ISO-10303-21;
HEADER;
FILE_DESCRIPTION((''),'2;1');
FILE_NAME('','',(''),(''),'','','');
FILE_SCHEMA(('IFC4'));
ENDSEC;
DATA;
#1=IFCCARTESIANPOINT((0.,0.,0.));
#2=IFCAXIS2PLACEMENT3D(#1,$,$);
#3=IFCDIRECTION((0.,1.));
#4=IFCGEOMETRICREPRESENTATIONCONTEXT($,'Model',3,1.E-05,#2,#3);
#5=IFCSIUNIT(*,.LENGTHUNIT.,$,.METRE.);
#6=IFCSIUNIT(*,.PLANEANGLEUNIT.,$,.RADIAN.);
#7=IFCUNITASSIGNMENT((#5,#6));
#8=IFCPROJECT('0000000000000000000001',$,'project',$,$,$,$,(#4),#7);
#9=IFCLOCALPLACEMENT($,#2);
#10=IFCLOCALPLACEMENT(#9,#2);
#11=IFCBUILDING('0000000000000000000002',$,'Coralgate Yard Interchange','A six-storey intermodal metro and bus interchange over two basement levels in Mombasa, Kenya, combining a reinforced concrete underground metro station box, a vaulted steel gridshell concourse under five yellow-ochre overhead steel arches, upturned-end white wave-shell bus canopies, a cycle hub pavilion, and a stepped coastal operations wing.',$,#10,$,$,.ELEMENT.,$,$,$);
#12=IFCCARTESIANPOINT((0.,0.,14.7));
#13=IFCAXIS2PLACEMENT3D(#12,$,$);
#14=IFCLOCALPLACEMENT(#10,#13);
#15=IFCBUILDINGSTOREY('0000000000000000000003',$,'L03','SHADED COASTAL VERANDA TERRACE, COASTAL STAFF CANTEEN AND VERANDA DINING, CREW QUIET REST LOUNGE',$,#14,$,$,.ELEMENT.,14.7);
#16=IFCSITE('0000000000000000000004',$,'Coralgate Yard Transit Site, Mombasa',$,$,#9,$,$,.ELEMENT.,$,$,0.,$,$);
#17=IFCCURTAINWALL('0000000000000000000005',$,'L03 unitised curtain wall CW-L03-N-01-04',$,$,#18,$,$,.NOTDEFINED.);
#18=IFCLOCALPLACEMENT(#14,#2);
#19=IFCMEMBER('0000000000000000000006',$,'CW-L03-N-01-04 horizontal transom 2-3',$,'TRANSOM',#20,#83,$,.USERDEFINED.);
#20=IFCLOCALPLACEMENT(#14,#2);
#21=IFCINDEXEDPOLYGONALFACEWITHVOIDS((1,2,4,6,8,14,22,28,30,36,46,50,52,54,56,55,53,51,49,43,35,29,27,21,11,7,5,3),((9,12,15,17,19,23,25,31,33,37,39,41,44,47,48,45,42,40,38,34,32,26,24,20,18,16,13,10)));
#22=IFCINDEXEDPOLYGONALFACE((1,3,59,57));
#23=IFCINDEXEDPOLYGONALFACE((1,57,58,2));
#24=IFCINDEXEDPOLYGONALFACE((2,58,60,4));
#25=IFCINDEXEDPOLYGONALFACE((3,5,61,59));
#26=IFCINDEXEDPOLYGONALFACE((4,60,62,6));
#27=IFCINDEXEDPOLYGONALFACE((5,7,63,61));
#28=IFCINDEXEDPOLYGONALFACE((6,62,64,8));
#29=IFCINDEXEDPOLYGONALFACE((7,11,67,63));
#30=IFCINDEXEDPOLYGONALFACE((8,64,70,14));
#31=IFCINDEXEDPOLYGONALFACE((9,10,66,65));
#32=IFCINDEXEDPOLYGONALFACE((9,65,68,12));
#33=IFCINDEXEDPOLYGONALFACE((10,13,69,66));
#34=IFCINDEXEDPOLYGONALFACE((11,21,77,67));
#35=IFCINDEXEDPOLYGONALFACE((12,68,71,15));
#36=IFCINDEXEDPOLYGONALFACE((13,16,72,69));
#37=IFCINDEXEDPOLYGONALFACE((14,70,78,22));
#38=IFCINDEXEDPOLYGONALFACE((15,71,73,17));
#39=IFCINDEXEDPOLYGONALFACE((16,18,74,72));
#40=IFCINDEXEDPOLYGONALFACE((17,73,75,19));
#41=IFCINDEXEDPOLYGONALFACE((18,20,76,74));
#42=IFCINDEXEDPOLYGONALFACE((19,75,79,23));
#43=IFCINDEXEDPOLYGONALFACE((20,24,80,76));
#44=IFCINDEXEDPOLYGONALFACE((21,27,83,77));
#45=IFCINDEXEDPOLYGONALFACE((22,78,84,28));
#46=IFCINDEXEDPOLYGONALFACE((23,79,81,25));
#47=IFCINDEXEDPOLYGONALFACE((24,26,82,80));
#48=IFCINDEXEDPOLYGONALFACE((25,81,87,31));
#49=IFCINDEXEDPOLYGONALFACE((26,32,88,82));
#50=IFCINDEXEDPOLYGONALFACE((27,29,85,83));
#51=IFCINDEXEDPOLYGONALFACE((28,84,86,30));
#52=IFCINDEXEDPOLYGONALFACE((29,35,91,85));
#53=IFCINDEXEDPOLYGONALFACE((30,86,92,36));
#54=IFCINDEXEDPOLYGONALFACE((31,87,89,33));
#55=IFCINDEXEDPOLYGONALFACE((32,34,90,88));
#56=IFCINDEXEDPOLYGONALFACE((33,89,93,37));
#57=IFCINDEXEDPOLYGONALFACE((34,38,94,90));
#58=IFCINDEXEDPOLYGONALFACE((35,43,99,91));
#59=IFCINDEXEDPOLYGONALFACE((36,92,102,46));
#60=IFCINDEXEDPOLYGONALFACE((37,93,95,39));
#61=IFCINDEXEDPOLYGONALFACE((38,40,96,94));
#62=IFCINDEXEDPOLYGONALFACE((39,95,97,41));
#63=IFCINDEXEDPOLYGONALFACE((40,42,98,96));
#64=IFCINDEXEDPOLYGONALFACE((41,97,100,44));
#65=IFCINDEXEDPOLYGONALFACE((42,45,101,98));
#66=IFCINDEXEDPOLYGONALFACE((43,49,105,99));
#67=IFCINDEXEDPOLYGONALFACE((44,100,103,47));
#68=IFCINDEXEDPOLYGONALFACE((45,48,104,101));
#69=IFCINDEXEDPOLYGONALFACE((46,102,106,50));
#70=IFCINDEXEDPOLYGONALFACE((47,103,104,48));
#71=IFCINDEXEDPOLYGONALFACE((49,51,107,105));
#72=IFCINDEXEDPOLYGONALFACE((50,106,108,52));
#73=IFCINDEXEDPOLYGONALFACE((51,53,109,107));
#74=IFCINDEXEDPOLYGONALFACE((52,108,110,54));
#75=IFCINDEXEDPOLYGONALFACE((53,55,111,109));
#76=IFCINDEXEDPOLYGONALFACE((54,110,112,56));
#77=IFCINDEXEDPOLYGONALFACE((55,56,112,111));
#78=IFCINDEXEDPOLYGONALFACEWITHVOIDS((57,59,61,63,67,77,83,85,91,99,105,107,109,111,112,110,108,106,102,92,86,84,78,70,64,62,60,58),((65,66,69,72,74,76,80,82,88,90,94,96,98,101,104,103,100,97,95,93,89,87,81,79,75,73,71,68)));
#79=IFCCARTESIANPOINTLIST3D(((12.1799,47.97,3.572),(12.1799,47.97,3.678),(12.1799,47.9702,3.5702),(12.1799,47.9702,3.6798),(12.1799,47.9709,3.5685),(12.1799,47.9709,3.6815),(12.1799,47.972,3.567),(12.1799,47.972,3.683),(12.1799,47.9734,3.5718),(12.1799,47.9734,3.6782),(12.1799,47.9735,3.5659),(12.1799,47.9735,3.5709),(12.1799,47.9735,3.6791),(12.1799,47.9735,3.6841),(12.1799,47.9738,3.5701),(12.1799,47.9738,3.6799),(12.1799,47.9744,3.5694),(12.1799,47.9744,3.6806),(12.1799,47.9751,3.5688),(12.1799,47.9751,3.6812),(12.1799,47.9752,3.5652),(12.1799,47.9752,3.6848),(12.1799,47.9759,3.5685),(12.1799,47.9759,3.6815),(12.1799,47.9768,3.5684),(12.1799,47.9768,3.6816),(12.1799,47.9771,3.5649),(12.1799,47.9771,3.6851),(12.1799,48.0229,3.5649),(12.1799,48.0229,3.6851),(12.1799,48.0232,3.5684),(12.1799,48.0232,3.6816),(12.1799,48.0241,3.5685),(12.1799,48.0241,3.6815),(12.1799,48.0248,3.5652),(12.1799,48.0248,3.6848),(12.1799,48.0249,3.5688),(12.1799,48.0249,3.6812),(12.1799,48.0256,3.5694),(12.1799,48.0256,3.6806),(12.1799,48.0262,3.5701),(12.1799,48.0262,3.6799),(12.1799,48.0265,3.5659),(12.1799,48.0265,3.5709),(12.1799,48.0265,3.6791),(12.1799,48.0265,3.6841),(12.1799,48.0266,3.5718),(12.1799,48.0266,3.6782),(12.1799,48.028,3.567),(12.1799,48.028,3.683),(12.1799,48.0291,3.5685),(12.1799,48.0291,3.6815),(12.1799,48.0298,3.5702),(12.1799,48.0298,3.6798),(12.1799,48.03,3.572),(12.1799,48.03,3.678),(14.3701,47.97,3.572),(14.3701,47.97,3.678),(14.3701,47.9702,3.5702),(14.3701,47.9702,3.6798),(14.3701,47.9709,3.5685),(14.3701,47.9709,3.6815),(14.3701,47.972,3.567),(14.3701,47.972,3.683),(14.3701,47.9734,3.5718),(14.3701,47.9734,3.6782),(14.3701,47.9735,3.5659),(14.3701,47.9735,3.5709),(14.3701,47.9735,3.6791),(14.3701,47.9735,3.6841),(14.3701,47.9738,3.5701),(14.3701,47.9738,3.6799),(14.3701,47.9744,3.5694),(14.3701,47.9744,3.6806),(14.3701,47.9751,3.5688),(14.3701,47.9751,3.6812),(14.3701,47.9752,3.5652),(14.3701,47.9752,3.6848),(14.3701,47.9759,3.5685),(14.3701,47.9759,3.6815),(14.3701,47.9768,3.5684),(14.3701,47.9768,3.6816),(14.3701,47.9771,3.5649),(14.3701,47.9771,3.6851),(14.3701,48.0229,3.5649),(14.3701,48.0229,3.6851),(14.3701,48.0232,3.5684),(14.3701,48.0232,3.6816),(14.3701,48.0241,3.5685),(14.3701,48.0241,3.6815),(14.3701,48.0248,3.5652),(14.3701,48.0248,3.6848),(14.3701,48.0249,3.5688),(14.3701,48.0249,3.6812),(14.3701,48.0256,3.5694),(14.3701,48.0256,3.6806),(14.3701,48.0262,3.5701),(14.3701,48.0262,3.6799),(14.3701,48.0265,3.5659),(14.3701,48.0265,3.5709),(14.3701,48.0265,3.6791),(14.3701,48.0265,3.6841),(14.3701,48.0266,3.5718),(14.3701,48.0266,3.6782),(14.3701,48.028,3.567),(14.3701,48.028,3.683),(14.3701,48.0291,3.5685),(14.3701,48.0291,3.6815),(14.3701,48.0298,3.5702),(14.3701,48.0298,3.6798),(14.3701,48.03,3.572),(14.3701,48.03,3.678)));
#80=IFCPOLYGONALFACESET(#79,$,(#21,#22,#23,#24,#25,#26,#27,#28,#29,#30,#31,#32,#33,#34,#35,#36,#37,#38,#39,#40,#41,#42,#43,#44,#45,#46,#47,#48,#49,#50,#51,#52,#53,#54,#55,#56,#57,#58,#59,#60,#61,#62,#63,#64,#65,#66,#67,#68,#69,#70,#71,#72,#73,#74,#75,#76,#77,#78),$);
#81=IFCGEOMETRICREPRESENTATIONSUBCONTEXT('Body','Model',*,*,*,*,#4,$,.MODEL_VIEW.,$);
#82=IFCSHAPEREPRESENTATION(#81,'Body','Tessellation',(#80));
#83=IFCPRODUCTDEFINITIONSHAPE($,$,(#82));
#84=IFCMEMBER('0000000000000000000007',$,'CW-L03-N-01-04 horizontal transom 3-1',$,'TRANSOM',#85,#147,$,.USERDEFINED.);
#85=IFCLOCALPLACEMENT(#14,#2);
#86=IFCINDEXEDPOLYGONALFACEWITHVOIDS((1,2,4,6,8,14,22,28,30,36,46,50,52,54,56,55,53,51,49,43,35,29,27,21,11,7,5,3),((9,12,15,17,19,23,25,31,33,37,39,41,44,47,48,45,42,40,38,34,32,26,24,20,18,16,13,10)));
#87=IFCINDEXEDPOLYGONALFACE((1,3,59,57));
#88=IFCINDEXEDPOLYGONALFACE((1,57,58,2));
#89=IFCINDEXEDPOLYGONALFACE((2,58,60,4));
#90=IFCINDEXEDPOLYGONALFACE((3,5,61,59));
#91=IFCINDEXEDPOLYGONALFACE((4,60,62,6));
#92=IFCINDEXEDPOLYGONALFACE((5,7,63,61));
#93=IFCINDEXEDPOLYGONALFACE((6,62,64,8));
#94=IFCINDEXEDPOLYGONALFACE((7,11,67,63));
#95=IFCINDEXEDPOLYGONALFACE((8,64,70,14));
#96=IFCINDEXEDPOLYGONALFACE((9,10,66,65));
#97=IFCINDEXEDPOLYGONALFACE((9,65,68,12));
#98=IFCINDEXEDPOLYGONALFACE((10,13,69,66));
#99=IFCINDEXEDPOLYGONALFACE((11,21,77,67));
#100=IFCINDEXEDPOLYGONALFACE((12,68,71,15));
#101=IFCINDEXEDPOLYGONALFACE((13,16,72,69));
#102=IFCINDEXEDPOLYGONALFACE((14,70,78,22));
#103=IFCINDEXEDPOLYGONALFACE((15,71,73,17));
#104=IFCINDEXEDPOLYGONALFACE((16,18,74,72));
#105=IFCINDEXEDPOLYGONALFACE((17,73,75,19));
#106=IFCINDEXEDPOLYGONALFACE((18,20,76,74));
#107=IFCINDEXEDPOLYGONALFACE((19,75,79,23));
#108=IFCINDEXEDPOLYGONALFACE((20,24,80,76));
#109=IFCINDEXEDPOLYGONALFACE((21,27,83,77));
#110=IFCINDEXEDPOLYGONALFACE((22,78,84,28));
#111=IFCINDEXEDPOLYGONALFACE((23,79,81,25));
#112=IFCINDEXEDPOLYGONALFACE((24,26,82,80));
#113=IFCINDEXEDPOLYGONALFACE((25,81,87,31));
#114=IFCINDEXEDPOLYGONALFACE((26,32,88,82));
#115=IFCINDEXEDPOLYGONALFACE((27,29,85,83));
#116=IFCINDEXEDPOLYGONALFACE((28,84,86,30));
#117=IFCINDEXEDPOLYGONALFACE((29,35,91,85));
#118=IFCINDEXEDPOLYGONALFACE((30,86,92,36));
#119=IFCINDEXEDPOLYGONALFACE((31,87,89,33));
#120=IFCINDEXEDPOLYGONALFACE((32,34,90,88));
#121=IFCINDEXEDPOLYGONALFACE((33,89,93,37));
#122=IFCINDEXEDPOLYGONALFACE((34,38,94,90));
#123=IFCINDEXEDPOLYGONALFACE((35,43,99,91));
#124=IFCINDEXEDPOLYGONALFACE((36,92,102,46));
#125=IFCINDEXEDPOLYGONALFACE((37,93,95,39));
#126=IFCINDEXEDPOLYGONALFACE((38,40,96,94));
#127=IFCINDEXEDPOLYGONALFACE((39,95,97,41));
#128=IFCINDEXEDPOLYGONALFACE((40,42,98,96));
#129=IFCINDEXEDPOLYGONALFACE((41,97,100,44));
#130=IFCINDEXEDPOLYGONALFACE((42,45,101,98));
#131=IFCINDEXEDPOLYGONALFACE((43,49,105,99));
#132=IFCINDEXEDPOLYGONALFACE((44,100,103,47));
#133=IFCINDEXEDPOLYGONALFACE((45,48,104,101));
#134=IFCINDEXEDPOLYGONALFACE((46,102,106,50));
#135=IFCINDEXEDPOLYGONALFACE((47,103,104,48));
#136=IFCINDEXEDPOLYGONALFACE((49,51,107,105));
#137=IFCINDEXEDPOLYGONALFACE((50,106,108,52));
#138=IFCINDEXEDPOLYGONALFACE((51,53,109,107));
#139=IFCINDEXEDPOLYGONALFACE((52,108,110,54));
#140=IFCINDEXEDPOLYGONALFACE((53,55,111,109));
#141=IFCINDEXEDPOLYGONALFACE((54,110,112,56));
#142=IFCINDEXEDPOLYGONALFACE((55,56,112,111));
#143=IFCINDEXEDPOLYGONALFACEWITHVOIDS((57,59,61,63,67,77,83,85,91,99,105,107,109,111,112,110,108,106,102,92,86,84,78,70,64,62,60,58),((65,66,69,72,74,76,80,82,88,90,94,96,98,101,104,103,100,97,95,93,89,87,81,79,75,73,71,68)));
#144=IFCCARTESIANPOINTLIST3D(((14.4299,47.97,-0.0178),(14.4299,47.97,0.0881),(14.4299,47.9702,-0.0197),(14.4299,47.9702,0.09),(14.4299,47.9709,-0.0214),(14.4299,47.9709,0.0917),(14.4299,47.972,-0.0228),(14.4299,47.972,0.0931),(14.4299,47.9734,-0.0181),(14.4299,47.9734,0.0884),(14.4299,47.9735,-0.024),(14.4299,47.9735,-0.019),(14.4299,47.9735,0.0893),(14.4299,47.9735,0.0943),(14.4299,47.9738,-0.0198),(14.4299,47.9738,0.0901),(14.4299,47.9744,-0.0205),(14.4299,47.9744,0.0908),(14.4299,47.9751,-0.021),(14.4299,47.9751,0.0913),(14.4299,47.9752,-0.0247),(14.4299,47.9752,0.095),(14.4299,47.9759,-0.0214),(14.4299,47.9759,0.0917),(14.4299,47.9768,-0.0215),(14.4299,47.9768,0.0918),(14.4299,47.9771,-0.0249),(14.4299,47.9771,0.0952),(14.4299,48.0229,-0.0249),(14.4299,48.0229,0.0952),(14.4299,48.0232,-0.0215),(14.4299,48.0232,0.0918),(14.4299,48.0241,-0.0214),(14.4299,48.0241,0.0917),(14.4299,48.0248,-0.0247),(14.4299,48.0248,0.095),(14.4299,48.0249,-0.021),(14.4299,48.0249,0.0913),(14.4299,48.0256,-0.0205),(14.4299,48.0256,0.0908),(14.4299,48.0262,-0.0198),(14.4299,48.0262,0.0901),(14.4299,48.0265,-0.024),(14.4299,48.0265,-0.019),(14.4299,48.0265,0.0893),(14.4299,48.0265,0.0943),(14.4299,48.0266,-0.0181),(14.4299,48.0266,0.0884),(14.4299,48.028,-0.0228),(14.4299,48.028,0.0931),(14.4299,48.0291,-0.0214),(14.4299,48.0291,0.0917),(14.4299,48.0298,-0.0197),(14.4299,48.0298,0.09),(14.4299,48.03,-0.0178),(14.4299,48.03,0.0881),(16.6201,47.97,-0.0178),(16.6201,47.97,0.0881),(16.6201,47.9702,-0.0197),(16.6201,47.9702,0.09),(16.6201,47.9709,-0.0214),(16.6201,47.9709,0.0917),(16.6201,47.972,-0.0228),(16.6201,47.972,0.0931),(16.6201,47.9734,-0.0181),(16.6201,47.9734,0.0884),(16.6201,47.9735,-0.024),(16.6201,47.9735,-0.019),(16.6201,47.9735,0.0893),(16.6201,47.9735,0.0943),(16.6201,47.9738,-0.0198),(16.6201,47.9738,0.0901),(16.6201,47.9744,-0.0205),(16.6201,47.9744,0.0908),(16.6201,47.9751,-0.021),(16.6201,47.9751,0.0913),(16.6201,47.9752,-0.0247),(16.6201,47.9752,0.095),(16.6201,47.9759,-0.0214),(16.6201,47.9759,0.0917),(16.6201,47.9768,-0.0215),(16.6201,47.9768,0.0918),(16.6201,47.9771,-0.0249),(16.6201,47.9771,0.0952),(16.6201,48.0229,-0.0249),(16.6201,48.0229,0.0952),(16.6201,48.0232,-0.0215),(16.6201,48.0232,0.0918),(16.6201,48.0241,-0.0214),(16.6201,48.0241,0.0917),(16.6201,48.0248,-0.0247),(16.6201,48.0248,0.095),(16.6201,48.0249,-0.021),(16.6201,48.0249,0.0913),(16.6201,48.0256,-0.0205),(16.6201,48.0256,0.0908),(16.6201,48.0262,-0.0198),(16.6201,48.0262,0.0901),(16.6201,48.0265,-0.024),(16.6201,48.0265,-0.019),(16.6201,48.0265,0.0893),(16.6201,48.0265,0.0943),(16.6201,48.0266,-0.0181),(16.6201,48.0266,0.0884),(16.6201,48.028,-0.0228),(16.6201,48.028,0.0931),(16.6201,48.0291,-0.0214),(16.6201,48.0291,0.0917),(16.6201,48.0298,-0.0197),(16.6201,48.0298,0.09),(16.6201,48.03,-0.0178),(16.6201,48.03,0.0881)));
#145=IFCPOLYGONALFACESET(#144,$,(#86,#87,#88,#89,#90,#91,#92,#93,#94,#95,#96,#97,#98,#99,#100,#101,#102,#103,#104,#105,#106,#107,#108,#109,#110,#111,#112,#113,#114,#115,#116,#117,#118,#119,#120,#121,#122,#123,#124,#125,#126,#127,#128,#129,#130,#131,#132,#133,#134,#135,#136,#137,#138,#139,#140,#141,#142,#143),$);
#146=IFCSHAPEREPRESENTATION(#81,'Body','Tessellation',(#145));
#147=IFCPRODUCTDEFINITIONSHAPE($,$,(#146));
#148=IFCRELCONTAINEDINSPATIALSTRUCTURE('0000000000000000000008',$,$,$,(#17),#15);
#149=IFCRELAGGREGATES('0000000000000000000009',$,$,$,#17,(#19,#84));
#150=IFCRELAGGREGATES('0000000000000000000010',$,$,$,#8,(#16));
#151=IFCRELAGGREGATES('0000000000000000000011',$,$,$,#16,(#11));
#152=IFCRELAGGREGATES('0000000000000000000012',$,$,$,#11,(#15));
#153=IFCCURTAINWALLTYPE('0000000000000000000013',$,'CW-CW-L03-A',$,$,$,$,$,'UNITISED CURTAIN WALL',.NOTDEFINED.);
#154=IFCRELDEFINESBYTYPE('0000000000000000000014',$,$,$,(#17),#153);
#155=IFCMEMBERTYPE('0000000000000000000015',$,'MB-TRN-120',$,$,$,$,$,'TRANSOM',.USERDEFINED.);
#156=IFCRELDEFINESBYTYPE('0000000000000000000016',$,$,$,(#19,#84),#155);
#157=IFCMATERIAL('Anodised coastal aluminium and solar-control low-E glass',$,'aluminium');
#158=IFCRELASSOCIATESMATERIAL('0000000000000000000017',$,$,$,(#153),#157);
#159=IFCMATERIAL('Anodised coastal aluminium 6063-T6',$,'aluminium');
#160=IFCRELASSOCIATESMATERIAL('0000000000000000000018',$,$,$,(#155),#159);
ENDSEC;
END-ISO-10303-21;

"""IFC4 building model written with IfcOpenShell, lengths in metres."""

from ifc_helpers import new_model, si_unit, direction, frame, origin, origin_2d, place, context, subcontext, project, spatial, hollow_rectangle, extrude, material, material_profile, profile_set, type_object, element, aggregate, save


model = new_model("IFC4")

# Units and contexts
model_context = context("Model", 3, precision=1e-05, world=origin(), true_north=direction((0.0, 1.0)))
body_context = subcontext(model_context, "Body", "Model", "MODEL_VIEW")
ifc_project = project(units=[si_unit("LENGTHUNIT", "METRE"), si_unit("PLANEANGLEUNIT", "RADIAN")], contexts=[model_context])

# Site, building, storey
site_placement = place(None, origin())
site = spatial("IfcSite", under=ifc_project, at=site_placement, Name="Coralgate Yard Transit Site, Mombasa", CompositionType="ELEMENT", RefElevation=0.0)
building_placement = place(site_placement, origin())
building = spatial("IfcBuilding", under=site, at=building_placement, Name="Coralgate Yard Interchange", Description="A six-storey intermodal metro and bus interchange over two basement levels in Mombasa, Kenya, combining a reinforced concrete underground metro station box, a vaulted steel gridshell concourse under five yellow-ochre overhead steel arches, upturned-end white wave-shell bus canopies, a cycle hub pavilion, and a stepped coastal operations wing.", CompositionType="ELEMENT")
storey_placement = place(building_placement, frame((0.0, 0.0, 14.7)))
storey = spatial("IfcBuildingStorey", under=building, at=storey_placement, Name="L03", Description="SHADED COASTAL VERANDA TERRACE, COASTAL STAFF CANTEEN AND VERANDA DINING, CREW QUIET REST LOUNGE", CompositionType="ELEMENT", Elevation=14.7)

# Curtain wall, members
ifc_material_1 = material(Name="Anodised coastal aluminium and solar-control low-E glass", Category="aluminium")
curtain_wall_type = type_object("IfcCurtainWallType", Name="CW-CW-L03-A", ElementType="UNITISED CURTAIN WALL", PredefinedType="NOTDEFINED", material=ifc_material_1)
curtain_wall_placement = place(storey_placement, origin())
curtain_wall = element("IfcCurtainWall", 1, at=curtain_wall_placement, inside=storey, type_object=curtain_wall_type, Name="L03 unitised curtain wall CW-L03-N-01-04", PredefinedType="NOTDEFINED")
ifc_material_2 = material(Name="Anodised coastal aluminium 6063-T6", Category="aluminium")
ifc_material_profile_1 = material_profile(ifc_material_2, hollow_rectangle(XDim=0.0601, YDim=0.1201, WallThickness=0.0034, InnerFilletRadius=0.0034, OuterFilletRadius=0.0071, at=origin_2d()), Name="ALU 60x120x3.5")
ifc_profile_set_1 = profile_set([ifc_material_profile_1], Name="Anodised coastal aluminium 6063-T6")
member_type_1 = type_object("IfcMemberType", Name="MB-TRN-120", ElementType="TRANSOM", PredefinedType="USERDEFINED", material=ifc_profile_set_1)
member_1_placement = place(storey_placement, frame((12.1799, 48.0, 3.625), z_axis=(1.0, 0.0, 0.0), x_axis=(0.0, 1.0, 0.0)))
member_1 = element("IfcMember", 2, at=member_1_placement, type_object=member_type_1, Name="CW-L03-N-01-04 horizontal transom 2-3", ObjectType="TRANSOM", PredefinedType="USERDEFINED", context=body_context, shape_type="SweptSolid", body=[
    extrude(hollow_rectangle(XDim=0.0601, YDim=0.1201, WallThickness=0.0034, InnerFilletRadius=0.0034, OuterFilletRadius=0.0071, at=origin_2d()), origin(), (0.0, 0.0, 1.0), 2.1902),
])
member_2_placement = place(storey_placement, frame((14.4299, 48.0, 0.0352), z_axis=(1.0, 0.0, 0.0), x_axis=(0.0, 1.0, 0.0)))
member_2 = element("IfcMember", 3, at=member_2_placement, type_object=member_type_1, Name="CW-L03-N-01-04 horizontal transom 3-1", ObjectType="TRANSOM", PredefinedType="USERDEFINED", context=body_context, shape_type="SweptSolid", body=[
    extrude(hollow_rectangle(XDim=0.0601, YDim=0.1201, WallThickness=0.0034, InnerFilletRadius=0.0034, OuterFilletRadius=0.0071, at=origin_2d()), origin(), (0.0, 0.0, 1.0), 2.1902),
])
aggregate(curtain_wall, [member_1, member_2])

save(model, "model.ifc")
